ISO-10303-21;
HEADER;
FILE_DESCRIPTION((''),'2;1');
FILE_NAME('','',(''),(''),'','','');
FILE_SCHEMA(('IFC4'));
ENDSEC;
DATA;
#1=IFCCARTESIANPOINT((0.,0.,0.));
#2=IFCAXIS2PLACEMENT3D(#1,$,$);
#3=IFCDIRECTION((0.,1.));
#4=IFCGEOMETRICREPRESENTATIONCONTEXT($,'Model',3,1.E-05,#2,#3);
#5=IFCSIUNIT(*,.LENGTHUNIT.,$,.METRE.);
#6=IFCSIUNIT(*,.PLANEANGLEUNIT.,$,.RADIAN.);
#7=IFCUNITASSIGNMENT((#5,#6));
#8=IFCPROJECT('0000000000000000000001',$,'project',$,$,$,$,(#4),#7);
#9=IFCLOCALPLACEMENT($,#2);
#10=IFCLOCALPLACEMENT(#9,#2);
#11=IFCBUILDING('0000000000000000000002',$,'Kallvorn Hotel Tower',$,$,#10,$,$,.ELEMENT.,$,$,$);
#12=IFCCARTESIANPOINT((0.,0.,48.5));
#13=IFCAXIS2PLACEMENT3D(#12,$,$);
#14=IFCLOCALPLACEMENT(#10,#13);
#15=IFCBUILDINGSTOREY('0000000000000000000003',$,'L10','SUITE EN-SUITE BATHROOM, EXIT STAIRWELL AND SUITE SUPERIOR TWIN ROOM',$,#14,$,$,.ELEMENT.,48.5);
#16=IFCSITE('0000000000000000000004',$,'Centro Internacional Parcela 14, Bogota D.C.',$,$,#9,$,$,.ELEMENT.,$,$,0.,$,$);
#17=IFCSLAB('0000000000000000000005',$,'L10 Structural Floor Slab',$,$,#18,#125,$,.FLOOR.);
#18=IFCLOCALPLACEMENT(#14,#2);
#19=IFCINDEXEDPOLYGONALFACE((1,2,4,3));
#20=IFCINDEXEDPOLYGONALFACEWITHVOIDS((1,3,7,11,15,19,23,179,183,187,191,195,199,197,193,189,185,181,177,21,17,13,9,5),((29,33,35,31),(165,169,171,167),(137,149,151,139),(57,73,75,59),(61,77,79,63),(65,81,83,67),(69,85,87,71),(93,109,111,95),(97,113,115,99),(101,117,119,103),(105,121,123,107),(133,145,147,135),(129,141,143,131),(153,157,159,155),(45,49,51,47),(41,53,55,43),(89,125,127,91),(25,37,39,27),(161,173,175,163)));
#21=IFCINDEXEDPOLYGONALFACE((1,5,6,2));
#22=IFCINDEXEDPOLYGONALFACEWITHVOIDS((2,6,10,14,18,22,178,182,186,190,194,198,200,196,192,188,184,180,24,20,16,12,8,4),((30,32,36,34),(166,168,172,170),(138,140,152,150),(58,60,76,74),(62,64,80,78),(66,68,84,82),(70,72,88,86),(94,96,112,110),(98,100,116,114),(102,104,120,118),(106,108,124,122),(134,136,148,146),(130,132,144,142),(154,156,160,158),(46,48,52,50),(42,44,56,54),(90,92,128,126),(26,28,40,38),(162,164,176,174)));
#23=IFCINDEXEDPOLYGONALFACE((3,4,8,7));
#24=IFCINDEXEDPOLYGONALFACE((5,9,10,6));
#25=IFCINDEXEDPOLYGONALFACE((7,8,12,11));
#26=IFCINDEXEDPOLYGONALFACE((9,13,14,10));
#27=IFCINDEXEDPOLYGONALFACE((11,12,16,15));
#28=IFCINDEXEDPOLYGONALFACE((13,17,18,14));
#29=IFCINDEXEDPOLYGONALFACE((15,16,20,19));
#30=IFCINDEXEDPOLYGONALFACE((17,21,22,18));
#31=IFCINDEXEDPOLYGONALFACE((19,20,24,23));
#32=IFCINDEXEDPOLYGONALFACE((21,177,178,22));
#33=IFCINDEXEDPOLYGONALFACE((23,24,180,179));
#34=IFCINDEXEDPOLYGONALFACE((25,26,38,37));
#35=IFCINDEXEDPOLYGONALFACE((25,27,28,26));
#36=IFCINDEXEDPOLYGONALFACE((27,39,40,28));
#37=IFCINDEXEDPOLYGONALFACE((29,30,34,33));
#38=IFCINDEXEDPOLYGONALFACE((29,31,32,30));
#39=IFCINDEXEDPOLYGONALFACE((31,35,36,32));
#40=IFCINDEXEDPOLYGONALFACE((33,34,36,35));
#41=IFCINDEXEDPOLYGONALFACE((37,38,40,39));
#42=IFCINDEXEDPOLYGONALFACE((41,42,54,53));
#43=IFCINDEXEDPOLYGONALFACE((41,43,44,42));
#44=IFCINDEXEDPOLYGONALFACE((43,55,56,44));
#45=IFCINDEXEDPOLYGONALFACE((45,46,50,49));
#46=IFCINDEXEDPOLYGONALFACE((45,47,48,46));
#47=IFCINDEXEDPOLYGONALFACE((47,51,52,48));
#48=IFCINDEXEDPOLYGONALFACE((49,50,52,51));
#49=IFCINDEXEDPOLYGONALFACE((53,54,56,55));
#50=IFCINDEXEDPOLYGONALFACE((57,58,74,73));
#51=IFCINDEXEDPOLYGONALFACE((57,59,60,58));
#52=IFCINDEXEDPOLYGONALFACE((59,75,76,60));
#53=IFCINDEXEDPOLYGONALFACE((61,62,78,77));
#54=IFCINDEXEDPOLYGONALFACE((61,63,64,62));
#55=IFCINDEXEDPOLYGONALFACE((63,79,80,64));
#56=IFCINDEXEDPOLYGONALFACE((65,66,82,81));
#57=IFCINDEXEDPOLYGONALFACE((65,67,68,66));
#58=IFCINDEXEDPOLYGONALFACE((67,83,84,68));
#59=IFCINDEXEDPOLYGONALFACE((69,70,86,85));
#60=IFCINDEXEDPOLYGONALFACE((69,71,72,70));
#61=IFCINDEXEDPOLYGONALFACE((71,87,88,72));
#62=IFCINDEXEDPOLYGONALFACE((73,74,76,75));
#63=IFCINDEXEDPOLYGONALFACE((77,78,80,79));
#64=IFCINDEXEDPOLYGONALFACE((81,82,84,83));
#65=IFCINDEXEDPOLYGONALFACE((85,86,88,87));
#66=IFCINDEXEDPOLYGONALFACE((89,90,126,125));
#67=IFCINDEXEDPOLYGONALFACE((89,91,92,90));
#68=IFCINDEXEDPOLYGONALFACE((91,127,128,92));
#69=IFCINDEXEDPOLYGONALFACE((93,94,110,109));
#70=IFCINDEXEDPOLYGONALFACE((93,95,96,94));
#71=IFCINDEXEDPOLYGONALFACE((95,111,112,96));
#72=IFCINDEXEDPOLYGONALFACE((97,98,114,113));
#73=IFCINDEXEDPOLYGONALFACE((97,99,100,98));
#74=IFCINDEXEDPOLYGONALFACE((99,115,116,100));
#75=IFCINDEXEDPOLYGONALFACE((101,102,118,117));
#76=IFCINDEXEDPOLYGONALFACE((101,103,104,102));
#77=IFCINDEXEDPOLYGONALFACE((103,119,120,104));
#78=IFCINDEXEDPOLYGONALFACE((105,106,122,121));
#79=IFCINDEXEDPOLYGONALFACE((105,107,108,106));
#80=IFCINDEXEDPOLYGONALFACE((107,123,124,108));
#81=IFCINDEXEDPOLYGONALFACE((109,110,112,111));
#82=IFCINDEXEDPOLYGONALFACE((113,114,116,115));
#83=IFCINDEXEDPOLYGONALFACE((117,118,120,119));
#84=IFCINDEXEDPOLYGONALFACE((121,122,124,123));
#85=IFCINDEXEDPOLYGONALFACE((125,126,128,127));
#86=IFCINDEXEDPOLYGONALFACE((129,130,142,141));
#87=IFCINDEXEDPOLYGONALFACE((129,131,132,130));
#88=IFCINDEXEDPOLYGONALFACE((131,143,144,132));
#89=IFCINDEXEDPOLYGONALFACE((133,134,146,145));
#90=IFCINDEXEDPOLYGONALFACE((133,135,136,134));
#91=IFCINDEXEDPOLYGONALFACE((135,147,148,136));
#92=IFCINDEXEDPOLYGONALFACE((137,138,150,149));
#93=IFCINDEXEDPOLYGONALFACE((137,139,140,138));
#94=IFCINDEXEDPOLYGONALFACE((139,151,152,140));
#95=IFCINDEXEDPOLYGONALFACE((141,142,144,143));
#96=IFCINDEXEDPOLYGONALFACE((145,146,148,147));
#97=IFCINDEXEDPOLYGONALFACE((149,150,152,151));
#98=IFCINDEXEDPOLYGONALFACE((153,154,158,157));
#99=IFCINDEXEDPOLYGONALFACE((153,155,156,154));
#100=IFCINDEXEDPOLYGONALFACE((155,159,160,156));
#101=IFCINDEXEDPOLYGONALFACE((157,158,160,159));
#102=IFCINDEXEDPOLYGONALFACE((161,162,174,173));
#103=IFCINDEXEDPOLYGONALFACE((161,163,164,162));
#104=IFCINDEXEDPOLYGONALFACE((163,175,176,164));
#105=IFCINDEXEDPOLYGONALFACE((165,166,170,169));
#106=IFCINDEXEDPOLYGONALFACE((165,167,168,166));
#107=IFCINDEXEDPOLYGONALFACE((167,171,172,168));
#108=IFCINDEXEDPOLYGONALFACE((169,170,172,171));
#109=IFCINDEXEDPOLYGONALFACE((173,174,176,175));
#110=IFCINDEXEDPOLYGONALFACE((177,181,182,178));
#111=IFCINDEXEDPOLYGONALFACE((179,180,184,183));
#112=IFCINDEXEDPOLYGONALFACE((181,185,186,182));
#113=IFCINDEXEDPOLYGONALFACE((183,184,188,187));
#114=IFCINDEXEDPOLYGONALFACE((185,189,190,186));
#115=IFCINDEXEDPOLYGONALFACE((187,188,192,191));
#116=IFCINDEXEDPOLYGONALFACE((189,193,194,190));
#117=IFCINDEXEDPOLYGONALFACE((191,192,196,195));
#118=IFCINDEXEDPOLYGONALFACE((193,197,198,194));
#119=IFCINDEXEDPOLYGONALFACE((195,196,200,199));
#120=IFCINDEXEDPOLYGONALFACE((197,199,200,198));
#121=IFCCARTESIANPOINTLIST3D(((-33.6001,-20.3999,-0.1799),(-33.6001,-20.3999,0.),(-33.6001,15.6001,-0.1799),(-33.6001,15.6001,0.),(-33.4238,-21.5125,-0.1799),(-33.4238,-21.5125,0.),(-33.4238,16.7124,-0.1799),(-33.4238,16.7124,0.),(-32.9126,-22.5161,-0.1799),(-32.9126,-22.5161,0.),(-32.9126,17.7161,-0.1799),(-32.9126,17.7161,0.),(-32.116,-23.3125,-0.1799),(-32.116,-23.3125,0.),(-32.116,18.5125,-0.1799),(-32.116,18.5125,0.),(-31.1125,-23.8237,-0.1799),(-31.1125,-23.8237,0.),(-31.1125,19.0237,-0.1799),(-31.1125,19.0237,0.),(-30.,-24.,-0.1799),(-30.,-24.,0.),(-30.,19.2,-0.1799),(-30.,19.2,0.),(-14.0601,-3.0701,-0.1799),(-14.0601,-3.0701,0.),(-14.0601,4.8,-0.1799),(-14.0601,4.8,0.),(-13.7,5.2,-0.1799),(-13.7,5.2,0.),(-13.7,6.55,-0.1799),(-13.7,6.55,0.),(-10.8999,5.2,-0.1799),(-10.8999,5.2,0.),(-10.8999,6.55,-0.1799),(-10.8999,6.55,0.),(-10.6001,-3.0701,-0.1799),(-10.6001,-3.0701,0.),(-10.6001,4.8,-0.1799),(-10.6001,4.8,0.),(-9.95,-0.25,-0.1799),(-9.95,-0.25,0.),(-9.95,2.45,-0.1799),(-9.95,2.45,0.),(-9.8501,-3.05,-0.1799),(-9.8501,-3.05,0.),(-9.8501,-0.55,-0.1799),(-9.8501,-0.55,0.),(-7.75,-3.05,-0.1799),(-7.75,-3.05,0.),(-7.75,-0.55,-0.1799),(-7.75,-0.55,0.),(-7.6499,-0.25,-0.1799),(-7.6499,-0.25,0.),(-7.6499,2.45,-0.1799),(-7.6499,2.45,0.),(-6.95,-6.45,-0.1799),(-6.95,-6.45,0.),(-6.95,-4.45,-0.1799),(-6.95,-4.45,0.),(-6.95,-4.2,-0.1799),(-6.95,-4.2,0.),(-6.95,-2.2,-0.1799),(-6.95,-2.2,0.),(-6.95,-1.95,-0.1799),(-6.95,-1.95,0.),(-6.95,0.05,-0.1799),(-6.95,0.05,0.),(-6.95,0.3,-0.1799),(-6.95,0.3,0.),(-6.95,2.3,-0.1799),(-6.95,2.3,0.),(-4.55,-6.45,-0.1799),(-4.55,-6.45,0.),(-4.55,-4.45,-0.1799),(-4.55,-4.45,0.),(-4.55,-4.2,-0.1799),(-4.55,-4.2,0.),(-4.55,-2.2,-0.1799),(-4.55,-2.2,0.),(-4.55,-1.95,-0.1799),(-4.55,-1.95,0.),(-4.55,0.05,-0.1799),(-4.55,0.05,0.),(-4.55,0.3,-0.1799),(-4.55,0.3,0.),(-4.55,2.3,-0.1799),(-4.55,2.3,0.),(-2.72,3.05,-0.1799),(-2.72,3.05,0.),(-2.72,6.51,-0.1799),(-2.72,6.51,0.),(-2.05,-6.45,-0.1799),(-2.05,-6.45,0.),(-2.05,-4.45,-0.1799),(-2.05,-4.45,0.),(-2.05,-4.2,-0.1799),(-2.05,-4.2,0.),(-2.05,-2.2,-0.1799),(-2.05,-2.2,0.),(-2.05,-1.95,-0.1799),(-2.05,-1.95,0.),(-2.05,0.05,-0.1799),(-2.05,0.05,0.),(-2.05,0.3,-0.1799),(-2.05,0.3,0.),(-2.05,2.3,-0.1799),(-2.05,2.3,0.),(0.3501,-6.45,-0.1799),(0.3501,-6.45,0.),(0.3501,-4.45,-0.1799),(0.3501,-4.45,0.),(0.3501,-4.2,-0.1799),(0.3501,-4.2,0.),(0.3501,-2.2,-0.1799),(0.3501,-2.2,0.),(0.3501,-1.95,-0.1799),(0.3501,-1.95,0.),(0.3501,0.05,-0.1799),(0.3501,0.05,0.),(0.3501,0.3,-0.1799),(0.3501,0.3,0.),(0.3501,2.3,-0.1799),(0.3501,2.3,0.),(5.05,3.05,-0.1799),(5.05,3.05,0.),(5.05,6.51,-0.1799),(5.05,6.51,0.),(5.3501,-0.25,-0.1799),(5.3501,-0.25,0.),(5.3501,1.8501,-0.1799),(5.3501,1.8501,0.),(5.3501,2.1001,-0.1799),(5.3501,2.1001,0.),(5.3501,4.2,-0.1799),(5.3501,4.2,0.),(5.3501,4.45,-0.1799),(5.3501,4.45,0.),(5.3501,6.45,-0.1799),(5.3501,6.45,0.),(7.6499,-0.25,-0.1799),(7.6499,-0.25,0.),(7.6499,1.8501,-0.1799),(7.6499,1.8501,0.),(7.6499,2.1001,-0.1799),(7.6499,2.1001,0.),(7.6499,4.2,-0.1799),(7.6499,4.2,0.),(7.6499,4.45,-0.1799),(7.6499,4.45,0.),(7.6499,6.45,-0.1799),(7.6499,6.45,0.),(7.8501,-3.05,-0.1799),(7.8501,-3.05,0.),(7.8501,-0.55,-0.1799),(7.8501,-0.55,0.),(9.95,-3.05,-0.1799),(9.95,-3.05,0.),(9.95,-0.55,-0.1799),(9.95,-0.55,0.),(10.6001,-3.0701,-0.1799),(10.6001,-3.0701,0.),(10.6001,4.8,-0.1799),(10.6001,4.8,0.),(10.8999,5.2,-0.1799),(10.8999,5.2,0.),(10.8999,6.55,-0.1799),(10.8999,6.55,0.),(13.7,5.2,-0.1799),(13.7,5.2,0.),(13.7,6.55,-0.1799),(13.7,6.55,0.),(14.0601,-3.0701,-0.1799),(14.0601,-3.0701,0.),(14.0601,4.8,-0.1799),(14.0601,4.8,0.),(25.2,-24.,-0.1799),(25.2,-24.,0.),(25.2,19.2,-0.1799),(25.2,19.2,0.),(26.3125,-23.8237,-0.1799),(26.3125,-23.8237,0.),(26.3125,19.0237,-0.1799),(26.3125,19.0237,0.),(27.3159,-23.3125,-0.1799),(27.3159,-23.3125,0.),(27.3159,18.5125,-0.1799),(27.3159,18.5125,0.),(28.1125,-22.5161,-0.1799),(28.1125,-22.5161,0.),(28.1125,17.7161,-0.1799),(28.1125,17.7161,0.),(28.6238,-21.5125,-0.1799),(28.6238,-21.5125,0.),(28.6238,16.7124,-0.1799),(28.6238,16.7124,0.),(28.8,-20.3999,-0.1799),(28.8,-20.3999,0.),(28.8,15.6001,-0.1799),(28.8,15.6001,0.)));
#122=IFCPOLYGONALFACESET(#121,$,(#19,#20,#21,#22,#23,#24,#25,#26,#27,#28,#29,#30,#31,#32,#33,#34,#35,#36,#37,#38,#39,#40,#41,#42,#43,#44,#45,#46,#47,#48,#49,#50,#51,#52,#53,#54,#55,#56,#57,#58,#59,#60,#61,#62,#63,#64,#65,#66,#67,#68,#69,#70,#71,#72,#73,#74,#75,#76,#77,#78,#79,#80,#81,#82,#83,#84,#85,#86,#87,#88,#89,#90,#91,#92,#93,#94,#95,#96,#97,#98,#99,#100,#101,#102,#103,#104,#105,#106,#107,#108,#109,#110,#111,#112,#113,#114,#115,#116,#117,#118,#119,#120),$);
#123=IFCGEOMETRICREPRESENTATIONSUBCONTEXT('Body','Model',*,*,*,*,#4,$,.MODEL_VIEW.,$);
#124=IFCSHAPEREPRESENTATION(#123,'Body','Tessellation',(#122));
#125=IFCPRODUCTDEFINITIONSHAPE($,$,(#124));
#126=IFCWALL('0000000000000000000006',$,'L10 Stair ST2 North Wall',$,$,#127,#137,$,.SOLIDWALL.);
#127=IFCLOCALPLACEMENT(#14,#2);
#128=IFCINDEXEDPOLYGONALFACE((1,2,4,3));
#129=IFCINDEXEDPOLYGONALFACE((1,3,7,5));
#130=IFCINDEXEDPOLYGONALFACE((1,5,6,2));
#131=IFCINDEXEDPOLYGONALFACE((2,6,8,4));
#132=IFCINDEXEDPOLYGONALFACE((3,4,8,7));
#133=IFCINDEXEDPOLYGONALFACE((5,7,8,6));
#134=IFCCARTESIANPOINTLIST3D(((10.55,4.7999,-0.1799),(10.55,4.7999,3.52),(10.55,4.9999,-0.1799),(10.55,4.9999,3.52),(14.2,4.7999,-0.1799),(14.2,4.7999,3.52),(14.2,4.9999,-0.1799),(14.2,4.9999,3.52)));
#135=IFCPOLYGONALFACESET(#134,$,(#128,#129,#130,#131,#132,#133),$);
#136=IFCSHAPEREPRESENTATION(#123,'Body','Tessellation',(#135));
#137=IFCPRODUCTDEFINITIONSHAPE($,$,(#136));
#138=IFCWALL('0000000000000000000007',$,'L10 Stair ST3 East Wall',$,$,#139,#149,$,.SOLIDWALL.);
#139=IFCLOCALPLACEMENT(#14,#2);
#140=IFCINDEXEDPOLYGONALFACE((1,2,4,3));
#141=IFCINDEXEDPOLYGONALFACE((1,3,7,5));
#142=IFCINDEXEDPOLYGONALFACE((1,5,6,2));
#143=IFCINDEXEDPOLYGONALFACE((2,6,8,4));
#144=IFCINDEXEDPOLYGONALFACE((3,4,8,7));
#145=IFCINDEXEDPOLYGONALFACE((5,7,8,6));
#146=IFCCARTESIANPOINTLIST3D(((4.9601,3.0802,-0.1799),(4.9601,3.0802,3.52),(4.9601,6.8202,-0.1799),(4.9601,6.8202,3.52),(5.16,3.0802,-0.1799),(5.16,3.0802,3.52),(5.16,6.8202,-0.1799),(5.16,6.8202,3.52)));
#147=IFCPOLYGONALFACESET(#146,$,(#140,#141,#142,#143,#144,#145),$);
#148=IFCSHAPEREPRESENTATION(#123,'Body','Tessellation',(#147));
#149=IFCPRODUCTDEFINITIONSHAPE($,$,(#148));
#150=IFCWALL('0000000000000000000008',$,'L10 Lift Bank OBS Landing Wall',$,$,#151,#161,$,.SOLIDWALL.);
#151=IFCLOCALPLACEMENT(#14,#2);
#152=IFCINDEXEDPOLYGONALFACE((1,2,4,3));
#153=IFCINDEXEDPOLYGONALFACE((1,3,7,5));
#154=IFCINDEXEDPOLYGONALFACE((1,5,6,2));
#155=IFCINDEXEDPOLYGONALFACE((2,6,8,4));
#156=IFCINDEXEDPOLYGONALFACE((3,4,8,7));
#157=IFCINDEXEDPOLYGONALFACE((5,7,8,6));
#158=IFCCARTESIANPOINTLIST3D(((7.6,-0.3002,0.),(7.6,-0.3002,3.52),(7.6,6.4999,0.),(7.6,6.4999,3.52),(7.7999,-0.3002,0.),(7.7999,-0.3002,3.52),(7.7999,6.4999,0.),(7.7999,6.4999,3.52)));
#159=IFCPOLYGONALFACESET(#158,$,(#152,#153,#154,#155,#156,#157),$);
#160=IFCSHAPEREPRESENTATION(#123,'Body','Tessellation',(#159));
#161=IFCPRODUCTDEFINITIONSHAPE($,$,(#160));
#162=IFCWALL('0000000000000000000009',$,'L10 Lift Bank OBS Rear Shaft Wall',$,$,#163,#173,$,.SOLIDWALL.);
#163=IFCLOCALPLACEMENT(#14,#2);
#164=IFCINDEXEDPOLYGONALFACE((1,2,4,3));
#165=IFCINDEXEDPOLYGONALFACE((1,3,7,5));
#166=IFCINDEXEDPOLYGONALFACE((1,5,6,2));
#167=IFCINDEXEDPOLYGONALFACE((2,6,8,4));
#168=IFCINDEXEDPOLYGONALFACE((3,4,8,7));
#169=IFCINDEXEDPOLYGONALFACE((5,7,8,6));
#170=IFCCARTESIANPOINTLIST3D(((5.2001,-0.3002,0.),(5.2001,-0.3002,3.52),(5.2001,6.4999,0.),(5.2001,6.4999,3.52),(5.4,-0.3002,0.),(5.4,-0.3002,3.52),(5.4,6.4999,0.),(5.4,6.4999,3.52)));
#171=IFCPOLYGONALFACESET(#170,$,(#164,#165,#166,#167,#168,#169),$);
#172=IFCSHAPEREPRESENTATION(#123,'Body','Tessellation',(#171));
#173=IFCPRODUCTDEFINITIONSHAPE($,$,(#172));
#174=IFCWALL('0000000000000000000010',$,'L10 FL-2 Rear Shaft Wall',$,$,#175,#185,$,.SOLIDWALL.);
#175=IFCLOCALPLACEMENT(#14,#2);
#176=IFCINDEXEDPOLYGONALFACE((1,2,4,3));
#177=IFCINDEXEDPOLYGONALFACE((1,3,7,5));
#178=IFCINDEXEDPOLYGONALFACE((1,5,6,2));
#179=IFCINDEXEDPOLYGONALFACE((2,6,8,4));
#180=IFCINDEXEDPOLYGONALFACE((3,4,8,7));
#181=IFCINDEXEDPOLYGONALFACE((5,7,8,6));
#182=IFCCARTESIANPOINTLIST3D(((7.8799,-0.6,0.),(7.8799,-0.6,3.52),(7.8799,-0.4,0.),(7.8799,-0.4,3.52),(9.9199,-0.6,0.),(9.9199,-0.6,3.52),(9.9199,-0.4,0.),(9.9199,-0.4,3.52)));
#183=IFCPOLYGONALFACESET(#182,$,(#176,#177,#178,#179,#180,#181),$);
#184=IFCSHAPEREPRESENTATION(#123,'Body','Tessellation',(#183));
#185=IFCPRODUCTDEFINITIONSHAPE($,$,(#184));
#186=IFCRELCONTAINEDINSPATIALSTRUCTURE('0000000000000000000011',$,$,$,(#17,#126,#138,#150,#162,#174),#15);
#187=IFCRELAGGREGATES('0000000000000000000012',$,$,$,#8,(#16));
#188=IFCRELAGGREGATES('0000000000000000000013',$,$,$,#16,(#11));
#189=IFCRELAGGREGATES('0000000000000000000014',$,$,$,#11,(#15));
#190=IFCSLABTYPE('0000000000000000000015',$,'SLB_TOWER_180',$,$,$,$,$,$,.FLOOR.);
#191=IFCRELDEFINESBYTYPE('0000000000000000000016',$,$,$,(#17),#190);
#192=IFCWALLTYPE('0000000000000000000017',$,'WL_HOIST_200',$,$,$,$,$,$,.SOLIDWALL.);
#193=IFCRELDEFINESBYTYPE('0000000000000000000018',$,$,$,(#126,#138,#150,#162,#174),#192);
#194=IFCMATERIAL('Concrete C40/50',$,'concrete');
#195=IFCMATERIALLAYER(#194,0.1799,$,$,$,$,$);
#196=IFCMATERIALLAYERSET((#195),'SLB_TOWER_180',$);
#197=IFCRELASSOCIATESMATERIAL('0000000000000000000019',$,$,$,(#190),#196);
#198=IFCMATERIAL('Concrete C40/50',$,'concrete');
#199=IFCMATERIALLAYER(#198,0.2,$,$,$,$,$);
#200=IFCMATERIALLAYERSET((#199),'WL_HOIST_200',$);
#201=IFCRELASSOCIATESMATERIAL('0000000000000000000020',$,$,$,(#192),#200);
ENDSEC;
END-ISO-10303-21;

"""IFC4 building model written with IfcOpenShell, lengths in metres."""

from ifc_helpers import new_model, si_unit, direction, frame, frame_2d, origin, place, context, subcontext, project, spatial, polyline, rectangle, outline, extrude, material, layer, layer_set, type_object, element, save


model = new_model("IFC4")

# Units and contexts
model_context = context("Model", 3, precision=1e-05, world=origin(), true_north=direction((0.0, 1.0)))
body_context = subcontext(model_context, "Body", "Model", "MODEL_VIEW")
ifc_project = project(units=[si_unit("LENGTHUNIT", "METRE"), si_unit("PLANEANGLEUNIT", "RADIAN")], contexts=[model_context])

# Site, building, storey
site_placement = place(None, origin())
site = spatial("IfcSite", under=ifc_project, at=site_placement, Name="Centro Internacional Parcela 14, Bogota D.C.", CompositionType="ELEMENT", RefElevation=0.0)
building_placement = place(site_placement, origin())
building = spatial("IfcBuilding", under=site, at=building_placement, Name="Kallvorn Hotel Tower", CompositionType="ELEMENT")
storey_placement = place(building_placement, frame((0.0, 0.0, 48.5)))
storey = spatial("IfcBuildingStorey", under=building, at=storey_placement, Name="L10", Description="SUITE EN-SUITE BATHROOM, EXIT STAIRWELL AND SUITE SUPERIOR TWIN ROOM", CompositionType="ELEMENT", Elevation=48.5)

# Slab
ifc_material_1 = material(Name="Concrete C40/50", Category="concrete")
ifc_layer_1 = layer(ifc_material_1, 0.1799)
ifc_layer_set_1 = layer_set([ifc_layer_1], Name="SLB_TOWER_180")
slab_type_1 = type_object("IfcSlabType", Name="SLB_TOWER_180", PredefinedType="FLOOR", material=ifc_layer_set_1)
slab_1_placement = place(storey_placement, frame((0.0, 0.0, -0.1799)))
element("IfcSlab", 1, at=slab_1_placement, inside=storey, type_object=slab_type_1, Name="L10 Structural Floor Slab", PredefinedType="FLOOR", context=body_context, shape_type="SweptSolid", body=[
    extrude(outline(polyline([(25.2, -24.0), (26.3125, -23.8237), (27.3159, -23.3125), (28.1125, -22.5161), (28.6238, -21.5125), (28.8, -20.3999), (28.8, 15.6001), (28.6238, 16.7124), (28.1125, 17.7161), (27.3159, 18.5125), (26.3125, 19.0237), (25.2, 19.2), (-30.0, 19.2), (-31.1125, 19.0237), (-32.116, 18.5125), (-32.9126, 17.7161), (-33.4238, 16.7124), (-33.6001, 15.6001), (-33.6001, -20.3999), (-33.4238, -21.5125), (-32.9126, -22.5161), (-32.116, -23.3125), (-31.1125, -23.8237), (-30.0, -24.0), (25.2, -24.0)]), holes=[polyline([(-10.6001, -3.0701), (-10.6001, 4.8), (-14.0601, 4.8), (-14.0601, -3.0701), (-10.6001, -3.0701)]), polyline([(14.0601, -3.0701), (14.0601, 4.8), (10.6001, 4.8), (10.6001, -3.0701), (14.0601, -3.0701)]), polyline([(-2.72, 3.05), (5.05, 3.05), (5.05, 6.51), (-2.72, 6.51), (-2.72, 3.05)]), polyline([(-6.95, -6.45), (-4.55, -6.45), (-4.55, -4.45), (-6.95, -4.45), (-6.95, -6.45)]), polyline([(-6.95, -4.2), (-4.55, -4.2), (-4.55, -2.2), (-6.95, -2.2), (-6.95, -4.2)]), polyline([(-6.95, -1.95), (-4.55, -1.95), (-4.55, 0.05), (-6.95, 0.05), (-6.95, -1.95)]), polyline([(-6.95, 0.3), (-4.55, 0.3), (-4.55, 2.3), (-6.95, 2.3), (-6.95, 0.3)]), polyline([(-2.05, -6.45), (0.3501, -6.45), (0.3501, -4.45), (-2.05, -4.45), (-2.05, -6.45)]), polyline([(-2.05, -4.2), (0.3501, -4.2), (0.3501, -2.2), (-2.05, -2.2), (-2.05, -4.2)]), polyline([(-2.05, -1.95), (0.3501, -1.95), (0.3501, 0.05), (-2.05, 0.05), (-2.05, -1.95)]), polyline([(-2.05, 0.3), (0.3501, 0.3), (0.3501, 2.3), (-2.05, 2.3), (-2.05, 0.3)]), polyline([(5.3501, -0.25), (7.6499, -0.25), (7.6499, 1.8501), (5.3501, 1.8501), (5.3501, -0.25)]), polyline([(5.3501, 2.1001), (7.6499, 2.1001), (7.6499, 4.2), (5.3501, 4.2), (5.3501, 2.1001)]), polyline([(5.3501, 4.45), (7.6499, 4.45), (7.6499, 6.45), (5.3501, 6.45), (5.3501, 4.45)]), polyline([(-9.8501, -3.05), (-7.75, -3.05), (-7.75, -0.55), (-9.8501, -0.55), (-9.8501, -3.05)]), polyline([(7.8501, -3.05), (9.95, -3.05), (9.95, -0.55), (7.8501, -0.55), (7.8501, -3.05)]), polyline([(-9.95, -0.25), (-7.6499, -0.25), (-7.6499, 2.45), (-9.95, 2.45), (-9.95, -0.25)]), polyline([(-13.7, 5.2), (-10.8999, 5.2), (-10.8999, 6.55), (-13.7, 6.55), (-13.7, 5.2)]), polyline([(10.8999, 5.2), (13.7, 5.2), (13.7, 6.55), (10.8999, 6.55), (10.8999, 5.2)])]), origin(), (0.0, 0.0, 1.0), 0.1799),
])

# Walls
ifc_material_2 = material(Name="Concrete C40/50", Category="concrete")
ifc_layer_2 = layer(ifc_material_2, 0.2)
ifc_layer_set_2 = layer_set([ifc_layer_2], Name="WL_HOIST_200")
wall_type_1 = type_object("IfcWallType", Name="WL_HOIST_200", PredefinedType="SOLIDWALL", material=ifc_layer_set_2)
wall_1_placement = place(storey_placement, frame((10.55, 4.8999, -0.1799), z_axis=(0.0, 0.0, 1.0), x_axis=(1.0, 0.0, 0.0)))
element("IfcWall", 2, at=wall_1_placement, inside=storey, type_object=wall_type_1, Name="L10 Stair ST2 North Wall", PredefinedType="SOLIDWALL", context=body_context, shape_type="SweptSolid", body=[
    extrude(rectangle(XDim=3.6499, YDim=0.2, at=frame_2d((1.825, 0.0))), origin(), (0.0, 0.0, 1.0), 3.7),
])
wall_2_placement = place(storey_placement, frame((5.0601, 3.0801, -0.1799), z_axis=(0.0, 0.0, 1.0), x_axis=(0.0, 1.0, 0.0)))
element("IfcWall", 3, at=wall_2_placement, inside=storey, type_object=wall_type_1, Name="L10 Stair ST3 East Wall", PredefinedType="SOLIDWALL", context=body_context, shape_type="SweptSolid", body=[
    extrude(rectangle(XDim=3.74, YDim=0.2, at=frame_2d((1.8701, 0.0))), origin(), (0.0, 0.0, 1.0), 3.7),
])
for number, where, z_axis, x_axis, name in (
    (4, (7.7, -0.3, 0.0), (0.0, 0.0, 1.0), (0.0, 1.0, 0.0), "L10 Lift Bank OBS Landing Wall"),
    (5, (5.3, -0.3, 0.0), (0.0, 0.0, 1.0), (0.0, 1.0, 0.0), "L10 Lift Bank OBS Rear Shaft Wall"),
):
    element("IfcWall", number, at=place(storey_placement, frame(where, z_axis=z_axis, x_axis=x_axis)), inside=storey, type_object=wall_type_1, Name=name, PredefinedType="SOLIDWALL", context=body_context, shape_type="SweptSolid", body=[
        extrude(rectangle(XDim=6.8, YDim=0.2, at=frame_2d((3.3999, 0.0))), origin(), (0.0, 0.0, 1.0), 3.52),
    ])
wall_3_placement = place(storey_placement, frame((7.8799, -0.5, 0.0), z_axis=(0.0, 0.0, 1.0), x_axis=(1.0, 0.0, 0.0)))
element("IfcWall", 6, at=wall_3_placement, inside=storey, type_object=wall_type_1, Name="L10 FL-2 Rear Shaft Wall", PredefinedType="SOLIDWALL", context=body_context, shape_type="SweptSolid", body=[
    extrude(rectangle(XDim=2.04, YDim=0.2, at=frame_2d((1.02, 0.0))), origin(), (0.0, 0.0, 1.0), 3.52),
])

save(model, "model.ifc")
